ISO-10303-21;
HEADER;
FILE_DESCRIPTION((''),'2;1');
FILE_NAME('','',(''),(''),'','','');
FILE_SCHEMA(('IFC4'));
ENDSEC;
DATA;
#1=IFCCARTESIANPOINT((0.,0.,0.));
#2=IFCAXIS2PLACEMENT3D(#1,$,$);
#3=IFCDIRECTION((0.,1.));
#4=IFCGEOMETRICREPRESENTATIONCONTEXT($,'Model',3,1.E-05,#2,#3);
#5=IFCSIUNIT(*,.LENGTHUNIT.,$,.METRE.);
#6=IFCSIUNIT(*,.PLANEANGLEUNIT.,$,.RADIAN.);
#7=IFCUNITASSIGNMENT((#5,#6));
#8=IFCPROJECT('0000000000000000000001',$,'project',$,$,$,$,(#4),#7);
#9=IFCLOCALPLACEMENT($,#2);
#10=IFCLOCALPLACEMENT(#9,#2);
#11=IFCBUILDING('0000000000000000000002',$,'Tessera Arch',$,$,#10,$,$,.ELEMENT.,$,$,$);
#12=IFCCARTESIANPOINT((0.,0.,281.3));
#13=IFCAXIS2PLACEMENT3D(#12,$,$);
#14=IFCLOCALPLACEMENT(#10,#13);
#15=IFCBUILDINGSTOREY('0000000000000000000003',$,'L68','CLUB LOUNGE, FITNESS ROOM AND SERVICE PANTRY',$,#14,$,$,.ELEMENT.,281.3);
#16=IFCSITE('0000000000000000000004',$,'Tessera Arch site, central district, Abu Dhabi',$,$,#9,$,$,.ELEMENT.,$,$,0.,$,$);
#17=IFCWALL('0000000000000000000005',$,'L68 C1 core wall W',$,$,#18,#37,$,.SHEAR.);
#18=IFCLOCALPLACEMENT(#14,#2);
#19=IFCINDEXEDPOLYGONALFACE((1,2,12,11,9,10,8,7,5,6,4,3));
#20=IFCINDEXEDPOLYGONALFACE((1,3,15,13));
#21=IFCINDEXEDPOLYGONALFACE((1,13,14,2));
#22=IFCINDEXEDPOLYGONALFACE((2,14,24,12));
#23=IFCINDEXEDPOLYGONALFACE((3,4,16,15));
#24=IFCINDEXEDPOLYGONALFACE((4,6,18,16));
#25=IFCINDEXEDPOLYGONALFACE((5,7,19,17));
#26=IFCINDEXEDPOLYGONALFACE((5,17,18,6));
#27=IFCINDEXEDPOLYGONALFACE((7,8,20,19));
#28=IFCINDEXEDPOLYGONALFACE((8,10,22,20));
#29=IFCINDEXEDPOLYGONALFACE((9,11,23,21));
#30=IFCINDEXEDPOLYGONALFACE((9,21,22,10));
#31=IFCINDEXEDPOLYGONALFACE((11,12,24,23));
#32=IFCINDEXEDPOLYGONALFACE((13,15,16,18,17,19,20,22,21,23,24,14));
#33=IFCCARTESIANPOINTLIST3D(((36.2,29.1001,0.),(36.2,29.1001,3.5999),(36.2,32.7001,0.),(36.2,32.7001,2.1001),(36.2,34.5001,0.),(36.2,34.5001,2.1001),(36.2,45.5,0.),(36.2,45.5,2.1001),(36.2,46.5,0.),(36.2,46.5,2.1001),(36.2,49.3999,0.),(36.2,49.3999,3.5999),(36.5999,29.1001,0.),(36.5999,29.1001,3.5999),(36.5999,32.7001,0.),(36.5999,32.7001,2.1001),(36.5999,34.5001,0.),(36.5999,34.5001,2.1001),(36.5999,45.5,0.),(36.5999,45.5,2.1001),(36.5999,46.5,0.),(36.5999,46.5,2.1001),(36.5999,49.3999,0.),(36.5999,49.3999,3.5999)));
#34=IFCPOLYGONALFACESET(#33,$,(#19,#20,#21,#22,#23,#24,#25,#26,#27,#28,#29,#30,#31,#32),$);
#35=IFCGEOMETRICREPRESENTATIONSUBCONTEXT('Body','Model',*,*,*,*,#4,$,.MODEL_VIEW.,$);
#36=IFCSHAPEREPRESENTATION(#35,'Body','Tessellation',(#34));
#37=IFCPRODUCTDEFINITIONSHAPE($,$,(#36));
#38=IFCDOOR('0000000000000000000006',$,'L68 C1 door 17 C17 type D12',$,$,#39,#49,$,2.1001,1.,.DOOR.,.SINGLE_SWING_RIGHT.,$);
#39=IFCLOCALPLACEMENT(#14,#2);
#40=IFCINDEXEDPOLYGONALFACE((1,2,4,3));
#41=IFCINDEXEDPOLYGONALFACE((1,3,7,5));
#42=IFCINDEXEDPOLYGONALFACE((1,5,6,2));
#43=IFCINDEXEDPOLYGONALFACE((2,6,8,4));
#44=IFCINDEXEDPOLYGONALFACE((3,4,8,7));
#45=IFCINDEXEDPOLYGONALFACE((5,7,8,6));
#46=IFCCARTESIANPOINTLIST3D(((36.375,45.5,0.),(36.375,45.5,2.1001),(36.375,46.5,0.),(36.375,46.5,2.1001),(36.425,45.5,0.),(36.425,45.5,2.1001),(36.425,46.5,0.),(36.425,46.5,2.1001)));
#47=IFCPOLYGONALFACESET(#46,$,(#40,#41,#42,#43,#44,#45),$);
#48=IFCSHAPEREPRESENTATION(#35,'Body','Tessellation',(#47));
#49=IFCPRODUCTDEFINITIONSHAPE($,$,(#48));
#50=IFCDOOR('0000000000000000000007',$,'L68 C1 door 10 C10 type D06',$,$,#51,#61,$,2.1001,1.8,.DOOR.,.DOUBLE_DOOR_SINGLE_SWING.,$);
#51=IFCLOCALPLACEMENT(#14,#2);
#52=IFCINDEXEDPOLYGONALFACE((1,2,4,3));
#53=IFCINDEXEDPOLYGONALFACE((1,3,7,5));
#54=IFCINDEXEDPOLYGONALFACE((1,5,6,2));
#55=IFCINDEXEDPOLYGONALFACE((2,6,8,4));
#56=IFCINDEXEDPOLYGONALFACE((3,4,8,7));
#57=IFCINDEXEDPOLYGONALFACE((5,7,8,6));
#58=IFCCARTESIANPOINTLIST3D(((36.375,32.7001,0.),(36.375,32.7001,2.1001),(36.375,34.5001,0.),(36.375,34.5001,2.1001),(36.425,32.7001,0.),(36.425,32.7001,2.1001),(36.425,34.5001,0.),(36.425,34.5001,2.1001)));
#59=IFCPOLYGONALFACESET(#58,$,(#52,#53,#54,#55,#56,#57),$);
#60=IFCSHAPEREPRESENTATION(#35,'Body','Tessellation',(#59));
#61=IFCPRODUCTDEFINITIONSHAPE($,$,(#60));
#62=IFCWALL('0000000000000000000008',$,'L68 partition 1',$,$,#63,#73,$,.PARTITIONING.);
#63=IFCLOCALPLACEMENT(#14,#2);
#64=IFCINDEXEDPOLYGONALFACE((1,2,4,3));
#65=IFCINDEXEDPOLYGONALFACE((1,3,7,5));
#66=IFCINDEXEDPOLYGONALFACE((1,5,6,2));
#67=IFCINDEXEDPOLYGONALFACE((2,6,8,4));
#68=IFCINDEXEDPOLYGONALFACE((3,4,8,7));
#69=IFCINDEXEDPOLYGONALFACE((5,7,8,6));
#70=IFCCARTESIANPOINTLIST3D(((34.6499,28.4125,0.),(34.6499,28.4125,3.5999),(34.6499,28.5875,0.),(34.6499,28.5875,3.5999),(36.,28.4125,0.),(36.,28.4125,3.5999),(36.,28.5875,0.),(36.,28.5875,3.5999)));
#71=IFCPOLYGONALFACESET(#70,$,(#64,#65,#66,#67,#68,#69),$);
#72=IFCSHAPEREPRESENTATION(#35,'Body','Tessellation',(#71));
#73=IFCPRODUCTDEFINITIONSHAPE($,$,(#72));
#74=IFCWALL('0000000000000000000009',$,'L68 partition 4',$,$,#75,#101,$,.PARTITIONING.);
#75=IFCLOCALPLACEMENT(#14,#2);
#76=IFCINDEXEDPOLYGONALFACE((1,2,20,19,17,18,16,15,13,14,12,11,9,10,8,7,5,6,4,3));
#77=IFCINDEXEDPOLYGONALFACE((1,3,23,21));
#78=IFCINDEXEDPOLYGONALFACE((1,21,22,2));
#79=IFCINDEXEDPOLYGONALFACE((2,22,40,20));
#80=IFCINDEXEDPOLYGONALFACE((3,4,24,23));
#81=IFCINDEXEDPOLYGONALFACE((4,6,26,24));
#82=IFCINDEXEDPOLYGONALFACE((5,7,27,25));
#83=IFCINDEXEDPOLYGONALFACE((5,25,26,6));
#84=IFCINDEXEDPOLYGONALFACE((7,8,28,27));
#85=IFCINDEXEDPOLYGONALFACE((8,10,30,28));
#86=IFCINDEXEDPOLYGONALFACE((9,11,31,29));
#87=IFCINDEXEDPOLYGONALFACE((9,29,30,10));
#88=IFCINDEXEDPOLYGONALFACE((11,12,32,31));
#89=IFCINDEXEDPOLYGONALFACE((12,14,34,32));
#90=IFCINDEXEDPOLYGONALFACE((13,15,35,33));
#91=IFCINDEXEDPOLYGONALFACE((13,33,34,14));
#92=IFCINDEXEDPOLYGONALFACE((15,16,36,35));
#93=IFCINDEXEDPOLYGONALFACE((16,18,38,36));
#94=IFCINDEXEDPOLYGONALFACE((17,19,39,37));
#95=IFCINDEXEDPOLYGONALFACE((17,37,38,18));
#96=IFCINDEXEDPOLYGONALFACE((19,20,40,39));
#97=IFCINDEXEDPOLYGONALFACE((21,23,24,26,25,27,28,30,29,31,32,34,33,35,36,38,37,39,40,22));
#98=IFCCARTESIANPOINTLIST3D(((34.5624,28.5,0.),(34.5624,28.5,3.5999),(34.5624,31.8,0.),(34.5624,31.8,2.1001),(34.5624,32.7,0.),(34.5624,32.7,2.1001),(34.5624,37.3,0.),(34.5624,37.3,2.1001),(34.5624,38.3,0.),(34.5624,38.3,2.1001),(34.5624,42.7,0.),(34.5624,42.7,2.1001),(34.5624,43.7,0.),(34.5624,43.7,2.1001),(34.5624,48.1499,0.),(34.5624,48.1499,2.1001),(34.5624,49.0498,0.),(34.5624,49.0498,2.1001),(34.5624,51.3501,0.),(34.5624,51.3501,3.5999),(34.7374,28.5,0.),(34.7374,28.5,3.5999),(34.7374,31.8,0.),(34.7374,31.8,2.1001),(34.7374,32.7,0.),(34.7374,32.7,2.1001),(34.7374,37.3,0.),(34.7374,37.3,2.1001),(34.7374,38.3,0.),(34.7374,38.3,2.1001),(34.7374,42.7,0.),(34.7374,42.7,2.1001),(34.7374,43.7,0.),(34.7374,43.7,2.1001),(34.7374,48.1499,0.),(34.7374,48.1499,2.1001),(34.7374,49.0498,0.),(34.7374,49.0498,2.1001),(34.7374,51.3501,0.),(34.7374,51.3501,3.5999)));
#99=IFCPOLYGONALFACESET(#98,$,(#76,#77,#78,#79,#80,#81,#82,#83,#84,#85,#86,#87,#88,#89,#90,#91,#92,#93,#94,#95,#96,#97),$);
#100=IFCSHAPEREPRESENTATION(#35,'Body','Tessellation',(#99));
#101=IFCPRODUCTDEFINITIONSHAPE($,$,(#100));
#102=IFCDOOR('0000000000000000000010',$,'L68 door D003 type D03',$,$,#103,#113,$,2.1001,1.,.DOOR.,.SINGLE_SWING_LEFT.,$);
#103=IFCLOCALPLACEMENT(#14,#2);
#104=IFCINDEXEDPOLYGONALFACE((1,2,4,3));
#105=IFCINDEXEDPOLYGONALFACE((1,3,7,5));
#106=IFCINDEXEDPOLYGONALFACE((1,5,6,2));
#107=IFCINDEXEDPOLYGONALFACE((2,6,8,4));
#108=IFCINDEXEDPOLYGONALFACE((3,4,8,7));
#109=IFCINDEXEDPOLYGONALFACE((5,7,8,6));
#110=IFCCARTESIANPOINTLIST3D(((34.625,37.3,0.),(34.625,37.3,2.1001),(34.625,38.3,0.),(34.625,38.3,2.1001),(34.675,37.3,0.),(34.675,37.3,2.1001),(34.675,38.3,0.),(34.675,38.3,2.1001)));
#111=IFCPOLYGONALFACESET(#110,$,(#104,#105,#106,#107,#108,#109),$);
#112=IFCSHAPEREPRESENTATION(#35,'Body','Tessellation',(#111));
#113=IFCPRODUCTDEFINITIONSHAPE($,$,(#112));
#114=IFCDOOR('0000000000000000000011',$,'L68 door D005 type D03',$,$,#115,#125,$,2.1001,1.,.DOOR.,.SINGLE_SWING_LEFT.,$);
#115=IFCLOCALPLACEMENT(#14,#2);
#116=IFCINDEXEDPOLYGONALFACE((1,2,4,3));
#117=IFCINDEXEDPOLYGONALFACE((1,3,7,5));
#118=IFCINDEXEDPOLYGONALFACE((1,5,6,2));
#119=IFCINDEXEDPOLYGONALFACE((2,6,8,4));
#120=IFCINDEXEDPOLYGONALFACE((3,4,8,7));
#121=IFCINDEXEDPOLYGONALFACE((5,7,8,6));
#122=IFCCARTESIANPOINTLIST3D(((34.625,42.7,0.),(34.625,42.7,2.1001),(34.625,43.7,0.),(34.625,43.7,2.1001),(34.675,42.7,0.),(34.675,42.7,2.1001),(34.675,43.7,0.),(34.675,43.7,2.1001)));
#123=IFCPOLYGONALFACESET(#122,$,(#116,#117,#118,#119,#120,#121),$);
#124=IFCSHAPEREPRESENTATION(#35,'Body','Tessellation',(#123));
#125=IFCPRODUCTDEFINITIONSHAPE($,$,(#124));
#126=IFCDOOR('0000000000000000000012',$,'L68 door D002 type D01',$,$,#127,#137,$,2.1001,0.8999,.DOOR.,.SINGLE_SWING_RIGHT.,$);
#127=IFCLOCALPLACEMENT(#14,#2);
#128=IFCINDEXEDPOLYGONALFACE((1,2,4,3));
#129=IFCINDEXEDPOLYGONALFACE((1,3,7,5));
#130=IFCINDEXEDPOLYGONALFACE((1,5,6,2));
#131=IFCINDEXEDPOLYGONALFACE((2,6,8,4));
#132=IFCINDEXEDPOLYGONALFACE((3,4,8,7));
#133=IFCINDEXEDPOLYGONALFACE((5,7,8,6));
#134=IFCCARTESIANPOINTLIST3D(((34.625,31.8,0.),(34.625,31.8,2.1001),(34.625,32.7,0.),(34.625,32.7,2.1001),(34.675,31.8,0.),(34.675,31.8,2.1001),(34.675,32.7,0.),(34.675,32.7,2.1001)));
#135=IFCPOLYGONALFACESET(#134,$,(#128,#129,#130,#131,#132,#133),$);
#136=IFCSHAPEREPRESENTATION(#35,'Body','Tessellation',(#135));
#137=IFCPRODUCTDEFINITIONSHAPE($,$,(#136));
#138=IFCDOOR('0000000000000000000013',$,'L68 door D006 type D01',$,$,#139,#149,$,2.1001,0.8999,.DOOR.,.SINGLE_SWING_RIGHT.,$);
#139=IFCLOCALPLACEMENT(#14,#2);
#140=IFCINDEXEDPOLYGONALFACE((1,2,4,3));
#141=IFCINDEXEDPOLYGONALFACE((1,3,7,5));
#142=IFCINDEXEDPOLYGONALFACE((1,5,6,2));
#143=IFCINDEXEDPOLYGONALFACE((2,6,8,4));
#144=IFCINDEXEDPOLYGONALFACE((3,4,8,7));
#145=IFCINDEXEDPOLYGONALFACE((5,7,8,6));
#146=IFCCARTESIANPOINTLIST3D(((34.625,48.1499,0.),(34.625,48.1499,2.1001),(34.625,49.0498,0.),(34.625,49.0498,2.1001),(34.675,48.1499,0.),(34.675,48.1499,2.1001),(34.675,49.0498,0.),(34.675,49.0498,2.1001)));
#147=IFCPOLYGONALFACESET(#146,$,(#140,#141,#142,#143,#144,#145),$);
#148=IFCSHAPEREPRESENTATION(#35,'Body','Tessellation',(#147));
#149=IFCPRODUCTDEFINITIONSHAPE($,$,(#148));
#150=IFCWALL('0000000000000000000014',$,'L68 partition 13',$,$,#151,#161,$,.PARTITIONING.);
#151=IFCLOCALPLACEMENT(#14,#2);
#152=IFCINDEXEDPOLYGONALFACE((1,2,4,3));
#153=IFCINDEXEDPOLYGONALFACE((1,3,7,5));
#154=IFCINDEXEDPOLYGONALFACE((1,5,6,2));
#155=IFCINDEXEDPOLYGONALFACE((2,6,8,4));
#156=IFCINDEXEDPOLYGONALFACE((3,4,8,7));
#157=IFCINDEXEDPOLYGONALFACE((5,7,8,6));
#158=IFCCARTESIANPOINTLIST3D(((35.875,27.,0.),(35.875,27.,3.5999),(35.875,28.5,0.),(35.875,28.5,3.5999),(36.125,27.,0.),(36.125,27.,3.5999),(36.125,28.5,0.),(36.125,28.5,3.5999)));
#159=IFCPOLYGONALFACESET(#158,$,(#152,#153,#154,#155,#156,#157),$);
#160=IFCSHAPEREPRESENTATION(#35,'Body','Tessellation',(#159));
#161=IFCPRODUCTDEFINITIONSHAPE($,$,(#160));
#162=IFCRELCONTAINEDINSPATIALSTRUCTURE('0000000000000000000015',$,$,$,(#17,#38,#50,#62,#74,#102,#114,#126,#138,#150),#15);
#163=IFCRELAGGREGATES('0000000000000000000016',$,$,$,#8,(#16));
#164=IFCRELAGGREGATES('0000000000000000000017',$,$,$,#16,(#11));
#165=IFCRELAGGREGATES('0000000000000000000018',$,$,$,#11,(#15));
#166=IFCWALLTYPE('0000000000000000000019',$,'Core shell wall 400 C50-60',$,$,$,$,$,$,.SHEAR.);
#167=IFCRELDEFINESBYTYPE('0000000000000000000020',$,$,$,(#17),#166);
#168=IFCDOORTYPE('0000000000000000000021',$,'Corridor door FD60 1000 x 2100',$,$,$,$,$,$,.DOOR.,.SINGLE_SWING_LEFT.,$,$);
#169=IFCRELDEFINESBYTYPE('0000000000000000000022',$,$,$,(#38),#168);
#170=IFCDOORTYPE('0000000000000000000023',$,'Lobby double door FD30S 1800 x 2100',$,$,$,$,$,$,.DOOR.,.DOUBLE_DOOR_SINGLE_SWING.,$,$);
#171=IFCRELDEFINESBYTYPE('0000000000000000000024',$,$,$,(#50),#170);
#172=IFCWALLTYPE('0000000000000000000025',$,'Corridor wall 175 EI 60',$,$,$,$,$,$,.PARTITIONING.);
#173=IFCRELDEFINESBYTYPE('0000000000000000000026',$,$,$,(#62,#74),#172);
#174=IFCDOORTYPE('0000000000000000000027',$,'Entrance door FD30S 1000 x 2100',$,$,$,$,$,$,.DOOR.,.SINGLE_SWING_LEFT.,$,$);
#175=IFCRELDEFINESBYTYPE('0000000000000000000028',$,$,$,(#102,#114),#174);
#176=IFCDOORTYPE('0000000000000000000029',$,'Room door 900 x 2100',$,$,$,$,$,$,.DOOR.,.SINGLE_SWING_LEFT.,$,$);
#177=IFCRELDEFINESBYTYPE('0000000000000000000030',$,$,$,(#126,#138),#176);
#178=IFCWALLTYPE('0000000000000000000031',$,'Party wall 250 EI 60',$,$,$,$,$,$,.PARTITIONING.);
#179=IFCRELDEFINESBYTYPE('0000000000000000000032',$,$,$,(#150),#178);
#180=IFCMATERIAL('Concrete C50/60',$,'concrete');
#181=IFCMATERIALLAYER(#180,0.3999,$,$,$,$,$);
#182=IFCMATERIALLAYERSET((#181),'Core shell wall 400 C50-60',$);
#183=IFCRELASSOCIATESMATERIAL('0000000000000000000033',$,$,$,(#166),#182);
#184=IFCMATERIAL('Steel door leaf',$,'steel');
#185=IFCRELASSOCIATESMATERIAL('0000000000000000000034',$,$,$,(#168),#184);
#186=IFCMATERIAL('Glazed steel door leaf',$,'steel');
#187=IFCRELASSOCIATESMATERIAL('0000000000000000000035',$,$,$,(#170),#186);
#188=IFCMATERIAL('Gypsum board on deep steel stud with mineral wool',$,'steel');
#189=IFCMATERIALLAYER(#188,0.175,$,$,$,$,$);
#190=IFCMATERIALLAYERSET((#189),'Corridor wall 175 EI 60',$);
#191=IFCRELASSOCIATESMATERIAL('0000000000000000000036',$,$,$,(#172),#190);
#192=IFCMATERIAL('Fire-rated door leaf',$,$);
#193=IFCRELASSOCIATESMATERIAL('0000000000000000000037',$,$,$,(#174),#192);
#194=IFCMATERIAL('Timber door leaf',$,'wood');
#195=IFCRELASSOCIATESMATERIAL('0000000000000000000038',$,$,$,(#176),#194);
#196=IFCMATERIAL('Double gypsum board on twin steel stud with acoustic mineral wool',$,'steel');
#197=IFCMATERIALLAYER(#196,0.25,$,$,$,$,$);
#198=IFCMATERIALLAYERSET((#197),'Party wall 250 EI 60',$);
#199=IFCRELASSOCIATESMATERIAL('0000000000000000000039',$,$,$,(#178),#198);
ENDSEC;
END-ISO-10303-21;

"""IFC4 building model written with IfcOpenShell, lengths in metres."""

from ifc_helpers import new_model, si_unit, direction, frame, frame_2d, origin, place, context, subcontext, project, spatial, rectangle, extrude, material, layer, layer_set, type_object, element, fill, save


model = new_model("IFC4")

# Units and contexts
model_context = context("Model", 3, precision=1e-05, world=origin(), true_north=direction((0.0, 1.0)))
body_context = subcontext(model_context, "Body", "Model", "MODEL_VIEW")
ifc_project = project(units=[si_unit("LENGTHUNIT", "METRE"), si_unit("PLANEANGLEUNIT", "RADIAN")], contexts=[model_context])

# Site, building, storey
site_placement = place(None, origin())
site = spatial("IfcSite", under=ifc_project, at=site_placement, Name="Tessera Arch site, central district, Abu Dhabi", CompositionType="ELEMENT", RefElevation=0.0)
building_placement = place(site_placement, origin())
building = spatial("IfcBuilding", under=site, at=building_placement, Name="Tessera Arch", CompositionType="ELEMENT")
storey_placement = place(building_placement, frame((0.0, 0.0, 281.3)))
storey = spatial("IfcBuildingStorey", under=building, at=storey_placement, Name="L68", Description="CLUB LOUNGE, FITNESS ROOM AND SERVICE PANTRY", CompositionType="ELEMENT", Elevation=281.3)

# Wall, openings, doors
ifc_material_1 = material(Name="Concrete C50/60", Category="concrete")
ifc_layer_1 = layer(ifc_material_1, 0.3999)
ifc_layer_set_1 = layer_set([ifc_layer_1], Name="Core shell wall 400 C50-60")
wall_type_1 = type_object("IfcWallType", Name="Core shell wall 400 C50-60", PredefinedType="SHEAR", material=ifc_layer_set_1)
wall_1_placement = place(storey_placement, frame((36.3999, 29.1001, 0.0), z_axis=(0.0, 0.0, 1.0), x_axis=(0.0, 1.0, 0.0)))
wall_1 = element("IfcWall", 1, at=wall_1_placement, inside=storey, type_object=wall_type_1, Name="L68 C1 core wall W", PredefinedType="SHEAR", context=body_context, shape_type="SweptSolid", body=[
    extrude(rectangle(XDim=20.2998, YDim=0.3999, at=frame_2d((10.1499, 0.0))), origin(), (0.0, 0.0, 1.0), 3.5999),
])
opening_1_placement = place(wall_1_placement, frame((3.6001, 0.0, 0.0)))
opening_1 = element("IfcOpeningElement", 2, at=opening_1_placement, cuts=wall_1, PredefinedType="OPENING", context=body_context, shape_type="SweptSolid", body=[
    extrude(rectangle(XDim=1.8, YDim=2.1001, at=frame_2d((0.8999, 1.05))), frame((0.0, 0.21, 0.0), z_axis=(0.0, -1.0, 0.0), x_axis=(1.0, 0.0, 0.0)), (0.0, 0.0, 1.0), 0.4199),
])
opening_2_placement = place(wall_1_placement, frame((16.3999, 0.0, 0.0)))
opening_2 = element("IfcOpeningElement", 3, at=opening_2_placement, cuts=wall_1, PredefinedType="OPENING", context=body_context, shape_type="SweptSolid", body=[
    extrude(rectangle(XDim=1.0, YDim=2.1001, at=frame_2d((0.5, 1.05))), frame((0.0, 0.21, 0.0), z_axis=(0.0, -1.0, 0.0), x_axis=(1.0, 0.0, 0.0)), (0.0, 0.0, 1.0), 0.4199),
])
ifc_material_2 = material(Name="Steel door leaf", Category="steel")
door_type_1 = type_object("IfcDoorType", Name="Corridor door FD60 1000 x 2100", OperationType="SINGLE_SWING_LEFT", PredefinedType="DOOR", material=ifc_material_2)
door_1_placement = place(opening_2_placement, origin())
door_1 = element("IfcDoor", 4, at=door_1_placement, inside=storey, type_object=door_type_1, Name="L68 C1 door 17 C17 type D12", OperationType="SINGLE_SWING_RIGHT", OverallHeight=2.1001, OverallWidth=1.0, PredefinedType="DOOR", context=body_context, shape_type="SweptSolid", body=[
    extrude(rectangle(XDim=1.0, YDim=2.1001, at=frame_2d((0.5, 1.05))), frame((0.0, 0.0249, 0.0), z_axis=(0.0, -1.0, 0.0), x_axis=(1.0, 0.0, 0.0)), (0.0, 0.0, 1.0), 0.05),
])
fill(opening_2, door_1)
ifc_material_3 = material(Name="Glazed steel door leaf", Category="steel")
door_type_2 = type_object("IfcDoorType", Name="Lobby double door FD30S 1800 x 2100", OperationType="DOUBLE_DOOR_SINGLE_SWING", PredefinedType="DOOR", material=ifc_material_3)
door_2_placement = place(opening_1_placement, origin())
door_2 = element("IfcDoor", 5, at=door_2_placement, inside=storey, type_object=door_type_2, Name="L68 C1 door 10 C10 type D06", OperationType="DOUBLE_DOOR_SINGLE_SWING", OverallHeight=2.1001, OverallWidth=1.8, PredefinedType="DOOR", context=body_context, shape_type="SweptSolid", body=[
    extrude(rectangle(XDim=1.8, YDim=2.1001, at=frame_2d((0.8999, 1.05))), frame((0.0, 0.0249, 0.0), z_axis=(0.0, -1.0, 0.0), x_axis=(1.0, 0.0, 0.0)), (0.0, 0.0, 1.0), 0.05),
])
fill(opening_1, door_2)

# Wall
ifc_material_4 = material(Name="Gypsum board on deep steel stud with mineral wool", Category="steel")
ifc_layer_2 = layer(ifc_material_4, 0.175)
ifc_layer_set_2 = layer_set([ifc_layer_2], Name="Corridor wall 175 EI 60")
wall_type_2 = type_object("IfcWallType", Name="Corridor wall 175 EI 60", PredefinedType="PARTITIONING", material=ifc_layer_set_2)
wall_2_placement = place(storey_placement, frame((34.6499, 28.5, 0.0), z_axis=(0.0, 0.0, 1.0), x_axis=(1.0, 0.0, 0.0)))
element("IfcWall", 6, at=wall_2_placement, inside=storey, type_object=wall_type_2, Name="L68 partition 1", PredefinedType="PARTITIONING", context=body_context, shape_type="SweptSolid", body=[
    extrude(rectangle(XDim=1.3501, YDim=0.175, at=frame_2d((0.675, 0.0))), origin(), (0.0, 0.0, 1.0), 3.5999),
])

# Wall, openings, doors
wall_3_placement = place(storey_placement, frame((34.6499, 28.5, 0.0), z_axis=(0.0, 0.0, 1.0), x_axis=(0.0, 1.0, 0.0)))
wall_3 = element("IfcWall", 7, at=wall_3_placement, inside=storey, type_object=wall_type_2, Name="L68 partition 4", PredefinedType="PARTITIONING", context=body_context, shape_type="SweptSolid", body=[
    extrude(rectangle(XDim=22.8501, YDim=0.175, at=frame_2d((11.425, 0.0))), origin(), (0.0, 0.0, 1.0), 3.5999),
])
opening_3_placement = place(wall_3_placement, frame((3.3, 0.0, 0.0)))
opening_3 = element("IfcOpeningElement", 8, at=opening_3_placement, cuts=wall_3, PredefinedType="OPENING", context=body_context, shape_type="SweptSolid", body=[
    extrude(rectangle(XDim=0.8999, YDim=2.1001, at=frame_2d((0.45, 1.05))), frame((0.0, 0.0974, 0.0), z_axis=(0.0, -1.0, 0.0), x_axis=(1.0, 0.0, 0.0)), (0.0, 0.0, 1.0), 0.1951),
])
opening_4_placement = place(wall_3_placement, frame((8.8, 0.0, 0.0)))
opening_4 = element("IfcOpeningElement", 9, at=opening_4_placement, cuts=wall_3, PredefinedType="OPENING", context=body_context, shape_type="SweptSolid", body=[
    extrude(rectangle(XDim=1.0, YDim=2.1001, at=frame_2d((0.5, 1.05))), frame((0.0, 0.0974, 0.0), z_axis=(0.0, -1.0, 0.0), x_axis=(1.0, 0.0, 0.0)), (0.0, 0.0, 1.0), 0.1951),
])
opening_5_placement = place(wall_3_placement, frame((14.2, 0.0, 0.0)))
opening_5 = element("IfcOpeningElement", 10, at=opening_5_placement, cuts=wall_3, PredefinedType="OPENING", context=body_context, shape_type="SweptSolid", body=[
    extrude(rectangle(XDim=1.0, YDim=2.1001, at=frame_2d((0.5, 1.05))), frame((0.0, 0.0974, 0.0), z_axis=(0.0, -1.0, 0.0), x_axis=(1.0, 0.0, 0.0)), (0.0, 0.0, 1.0), 0.1951),
])
opening_6_placement = place(wall_3_placement, frame((19.6499, 0.0, 0.0)))
opening_6 = element("IfcOpeningElement", 11, at=opening_6_placement, cuts=wall_3, PredefinedType="OPENING", context=body_context, shape_type="SweptSolid", body=[
    extrude(rectangle(XDim=0.8999, YDim=2.1001, at=frame_2d((0.45, 1.05))), frame((0.0, 0.0974, 0.0), z_axis=(0.0, -1.0, 0.0), x_axis=(1.0, 0.0, 0.0)), (0.0, 0.0, 1.0), 0.1951),
])
ifc_material_5 = material(Name="Fire-rated door leaf")
door_type_3 = type_object("IfcDoorType", Name="Entrance door FD30S 1000 x 2100", OperationType="SINGLE_SWING_LEFT", PredefinedType="DOOR", material=ifc_material_5)
door_3_placement = place(opening_4_placement, origin())
door_3 = element("IfcDoor", 12, at=door_3_placement, inside=storey, type_object=door_type_3, Name="L68 door D003 type D03", OperationType="SINGLE_SWING_LEFT", OverallHeight=2.1001, OverallWidth=1.0, PredefinedType="DOOR", context=body_context, shape_type="SweptSolid", body=[
    extrude(rectangle(XDim=1.0, YDim=2.1001, at=frame_2d((0.5, 1.05))), frame((0.0, 0.0249, 0.0), z_axis=(0.0, -1.0, 0.0), x_axis=(1.0, 0.0, 0.0)), (0.0, 0.0, 1.0), 0.05),
])
fill(opening_4, door_3)
door_4_placement = place(opening_5_placement, origin())
door_4 = element("IfcDoor", 13, at=door_4_placement, inside=storey, type_object=door_type_3, Name="L68 door D005 type D03", OperationType="SINGLE_SWING_LEFT", OverallHeight=2.1001, OverallWidth=1.0, PredefinedType="DOOR", context=body_context, shape_type="SweptSolid", body=[
    extrude(rectangle(XDim=1.0, YDim=2.1001, at=frame_2d((0.5, 1.05))), frame((0.0, 0.0249, 0.0), z_axis=(0.0, -1.0, 0.0), x_axis=(1.0, 0.0, 0.0)), (0.0, 0.0, 1.0), 0.05),
])
fill(opening_5, door_4)
ifc_material_6 = material(Name="Timber door leaf", Category="wood")
door_type_4 = type_object("IfcDoorType", Name="Room door 900 x 2100", OperationType="SINGLE_SWING_LEFT", PredefinedType="DOOR", material=ifc_material_6)
door_5_placement = place(opening_3_placement, origin())
door_5 = element("IfcDoor", 14, at=door_5_placement, inside=storey, type_object=door_type_4, Name="L68 door D002 type D01", OperationType="SINGLE_SWING_RIGHT", OverallHeight=2.1001, OverallWidth=0.8999, PredefinedType="DOOR", context=body_context, shape_type="SweptSolid", body=[
    extrude(rectangle(XDim=0.8999, YDim=2.1001, at=frame_2d((0.45, 1.05))), frame((0.0, 0.0249, 0.0), z_axis=(0.0, -1.0, 0.0), x_axis=(1.0, 0.0, 0.0)), (0.0, 0.0, 1.0), 0.05),
])
fill(opening_3, door_5)
door_6_placement = place(opening_6_placement, origin())
door_6 = element("IfcDoor", 15, at=door_6_placement, inside=storey, type_object=door_type_4, Name="L68 door D006 type D01", OperationType="SINGLE_SWING_RIGHT", OverallHeight=2.1001, OverallWidth=0.8999, PredefinedType="DOOR", context=body_context, shape_type="SweptSolid", body=[
    extrude(rectangle(XDim=0.8999, YDim=2.1001, at=frame_2d((0.45, 1.05))), frame((0.0, 0.0249, 0.0), z_axis=(0.0, -1.0, 0.0), x_axis=(1.0, 0.0, 0.0)), (0.0, 0.0, 1.0), 0.05),
])
fill(opening_6, door_6)

# Wall
ifc_material_7 = material(Name="Double gypsum board on twin steel stud with acoustic mineral wool", Category="steel")
ifc_layer_3 = layer(ifc_material_7, 0.25)
ifc_layer_set_3 = layer_set([ifc_layer_3], Name="Party wall 250 EI 60")
wall_type_3 = type_object("IfcWallType", Name="Party wall 250 EI 60", PredefinedType="PARTITIONING", material=ifc_layer_set_3)
wall_4_placement = place(storey_placement, frame((36.0, 27.0, 0.0), z_axis=(0.0, 0.0, 1.0), x_axis=(0.0, 1.0, 0.0)))
element("IfcWall", 16, at=wall_4_placement, inside=storey, type_object=wall_type_3, Name="L68 partition 13", PredefinedType="PARTITIONING", context=body_context, shape_type="SweptSolid", body=[
    extrude(rectangle(XDim=1.5, YDim=0.25, at=frame_2d((0.75, 0.0))), origin(), (0.0, 0.0, 1.0), 3.5999),
])

save(model, "model.ifc")
